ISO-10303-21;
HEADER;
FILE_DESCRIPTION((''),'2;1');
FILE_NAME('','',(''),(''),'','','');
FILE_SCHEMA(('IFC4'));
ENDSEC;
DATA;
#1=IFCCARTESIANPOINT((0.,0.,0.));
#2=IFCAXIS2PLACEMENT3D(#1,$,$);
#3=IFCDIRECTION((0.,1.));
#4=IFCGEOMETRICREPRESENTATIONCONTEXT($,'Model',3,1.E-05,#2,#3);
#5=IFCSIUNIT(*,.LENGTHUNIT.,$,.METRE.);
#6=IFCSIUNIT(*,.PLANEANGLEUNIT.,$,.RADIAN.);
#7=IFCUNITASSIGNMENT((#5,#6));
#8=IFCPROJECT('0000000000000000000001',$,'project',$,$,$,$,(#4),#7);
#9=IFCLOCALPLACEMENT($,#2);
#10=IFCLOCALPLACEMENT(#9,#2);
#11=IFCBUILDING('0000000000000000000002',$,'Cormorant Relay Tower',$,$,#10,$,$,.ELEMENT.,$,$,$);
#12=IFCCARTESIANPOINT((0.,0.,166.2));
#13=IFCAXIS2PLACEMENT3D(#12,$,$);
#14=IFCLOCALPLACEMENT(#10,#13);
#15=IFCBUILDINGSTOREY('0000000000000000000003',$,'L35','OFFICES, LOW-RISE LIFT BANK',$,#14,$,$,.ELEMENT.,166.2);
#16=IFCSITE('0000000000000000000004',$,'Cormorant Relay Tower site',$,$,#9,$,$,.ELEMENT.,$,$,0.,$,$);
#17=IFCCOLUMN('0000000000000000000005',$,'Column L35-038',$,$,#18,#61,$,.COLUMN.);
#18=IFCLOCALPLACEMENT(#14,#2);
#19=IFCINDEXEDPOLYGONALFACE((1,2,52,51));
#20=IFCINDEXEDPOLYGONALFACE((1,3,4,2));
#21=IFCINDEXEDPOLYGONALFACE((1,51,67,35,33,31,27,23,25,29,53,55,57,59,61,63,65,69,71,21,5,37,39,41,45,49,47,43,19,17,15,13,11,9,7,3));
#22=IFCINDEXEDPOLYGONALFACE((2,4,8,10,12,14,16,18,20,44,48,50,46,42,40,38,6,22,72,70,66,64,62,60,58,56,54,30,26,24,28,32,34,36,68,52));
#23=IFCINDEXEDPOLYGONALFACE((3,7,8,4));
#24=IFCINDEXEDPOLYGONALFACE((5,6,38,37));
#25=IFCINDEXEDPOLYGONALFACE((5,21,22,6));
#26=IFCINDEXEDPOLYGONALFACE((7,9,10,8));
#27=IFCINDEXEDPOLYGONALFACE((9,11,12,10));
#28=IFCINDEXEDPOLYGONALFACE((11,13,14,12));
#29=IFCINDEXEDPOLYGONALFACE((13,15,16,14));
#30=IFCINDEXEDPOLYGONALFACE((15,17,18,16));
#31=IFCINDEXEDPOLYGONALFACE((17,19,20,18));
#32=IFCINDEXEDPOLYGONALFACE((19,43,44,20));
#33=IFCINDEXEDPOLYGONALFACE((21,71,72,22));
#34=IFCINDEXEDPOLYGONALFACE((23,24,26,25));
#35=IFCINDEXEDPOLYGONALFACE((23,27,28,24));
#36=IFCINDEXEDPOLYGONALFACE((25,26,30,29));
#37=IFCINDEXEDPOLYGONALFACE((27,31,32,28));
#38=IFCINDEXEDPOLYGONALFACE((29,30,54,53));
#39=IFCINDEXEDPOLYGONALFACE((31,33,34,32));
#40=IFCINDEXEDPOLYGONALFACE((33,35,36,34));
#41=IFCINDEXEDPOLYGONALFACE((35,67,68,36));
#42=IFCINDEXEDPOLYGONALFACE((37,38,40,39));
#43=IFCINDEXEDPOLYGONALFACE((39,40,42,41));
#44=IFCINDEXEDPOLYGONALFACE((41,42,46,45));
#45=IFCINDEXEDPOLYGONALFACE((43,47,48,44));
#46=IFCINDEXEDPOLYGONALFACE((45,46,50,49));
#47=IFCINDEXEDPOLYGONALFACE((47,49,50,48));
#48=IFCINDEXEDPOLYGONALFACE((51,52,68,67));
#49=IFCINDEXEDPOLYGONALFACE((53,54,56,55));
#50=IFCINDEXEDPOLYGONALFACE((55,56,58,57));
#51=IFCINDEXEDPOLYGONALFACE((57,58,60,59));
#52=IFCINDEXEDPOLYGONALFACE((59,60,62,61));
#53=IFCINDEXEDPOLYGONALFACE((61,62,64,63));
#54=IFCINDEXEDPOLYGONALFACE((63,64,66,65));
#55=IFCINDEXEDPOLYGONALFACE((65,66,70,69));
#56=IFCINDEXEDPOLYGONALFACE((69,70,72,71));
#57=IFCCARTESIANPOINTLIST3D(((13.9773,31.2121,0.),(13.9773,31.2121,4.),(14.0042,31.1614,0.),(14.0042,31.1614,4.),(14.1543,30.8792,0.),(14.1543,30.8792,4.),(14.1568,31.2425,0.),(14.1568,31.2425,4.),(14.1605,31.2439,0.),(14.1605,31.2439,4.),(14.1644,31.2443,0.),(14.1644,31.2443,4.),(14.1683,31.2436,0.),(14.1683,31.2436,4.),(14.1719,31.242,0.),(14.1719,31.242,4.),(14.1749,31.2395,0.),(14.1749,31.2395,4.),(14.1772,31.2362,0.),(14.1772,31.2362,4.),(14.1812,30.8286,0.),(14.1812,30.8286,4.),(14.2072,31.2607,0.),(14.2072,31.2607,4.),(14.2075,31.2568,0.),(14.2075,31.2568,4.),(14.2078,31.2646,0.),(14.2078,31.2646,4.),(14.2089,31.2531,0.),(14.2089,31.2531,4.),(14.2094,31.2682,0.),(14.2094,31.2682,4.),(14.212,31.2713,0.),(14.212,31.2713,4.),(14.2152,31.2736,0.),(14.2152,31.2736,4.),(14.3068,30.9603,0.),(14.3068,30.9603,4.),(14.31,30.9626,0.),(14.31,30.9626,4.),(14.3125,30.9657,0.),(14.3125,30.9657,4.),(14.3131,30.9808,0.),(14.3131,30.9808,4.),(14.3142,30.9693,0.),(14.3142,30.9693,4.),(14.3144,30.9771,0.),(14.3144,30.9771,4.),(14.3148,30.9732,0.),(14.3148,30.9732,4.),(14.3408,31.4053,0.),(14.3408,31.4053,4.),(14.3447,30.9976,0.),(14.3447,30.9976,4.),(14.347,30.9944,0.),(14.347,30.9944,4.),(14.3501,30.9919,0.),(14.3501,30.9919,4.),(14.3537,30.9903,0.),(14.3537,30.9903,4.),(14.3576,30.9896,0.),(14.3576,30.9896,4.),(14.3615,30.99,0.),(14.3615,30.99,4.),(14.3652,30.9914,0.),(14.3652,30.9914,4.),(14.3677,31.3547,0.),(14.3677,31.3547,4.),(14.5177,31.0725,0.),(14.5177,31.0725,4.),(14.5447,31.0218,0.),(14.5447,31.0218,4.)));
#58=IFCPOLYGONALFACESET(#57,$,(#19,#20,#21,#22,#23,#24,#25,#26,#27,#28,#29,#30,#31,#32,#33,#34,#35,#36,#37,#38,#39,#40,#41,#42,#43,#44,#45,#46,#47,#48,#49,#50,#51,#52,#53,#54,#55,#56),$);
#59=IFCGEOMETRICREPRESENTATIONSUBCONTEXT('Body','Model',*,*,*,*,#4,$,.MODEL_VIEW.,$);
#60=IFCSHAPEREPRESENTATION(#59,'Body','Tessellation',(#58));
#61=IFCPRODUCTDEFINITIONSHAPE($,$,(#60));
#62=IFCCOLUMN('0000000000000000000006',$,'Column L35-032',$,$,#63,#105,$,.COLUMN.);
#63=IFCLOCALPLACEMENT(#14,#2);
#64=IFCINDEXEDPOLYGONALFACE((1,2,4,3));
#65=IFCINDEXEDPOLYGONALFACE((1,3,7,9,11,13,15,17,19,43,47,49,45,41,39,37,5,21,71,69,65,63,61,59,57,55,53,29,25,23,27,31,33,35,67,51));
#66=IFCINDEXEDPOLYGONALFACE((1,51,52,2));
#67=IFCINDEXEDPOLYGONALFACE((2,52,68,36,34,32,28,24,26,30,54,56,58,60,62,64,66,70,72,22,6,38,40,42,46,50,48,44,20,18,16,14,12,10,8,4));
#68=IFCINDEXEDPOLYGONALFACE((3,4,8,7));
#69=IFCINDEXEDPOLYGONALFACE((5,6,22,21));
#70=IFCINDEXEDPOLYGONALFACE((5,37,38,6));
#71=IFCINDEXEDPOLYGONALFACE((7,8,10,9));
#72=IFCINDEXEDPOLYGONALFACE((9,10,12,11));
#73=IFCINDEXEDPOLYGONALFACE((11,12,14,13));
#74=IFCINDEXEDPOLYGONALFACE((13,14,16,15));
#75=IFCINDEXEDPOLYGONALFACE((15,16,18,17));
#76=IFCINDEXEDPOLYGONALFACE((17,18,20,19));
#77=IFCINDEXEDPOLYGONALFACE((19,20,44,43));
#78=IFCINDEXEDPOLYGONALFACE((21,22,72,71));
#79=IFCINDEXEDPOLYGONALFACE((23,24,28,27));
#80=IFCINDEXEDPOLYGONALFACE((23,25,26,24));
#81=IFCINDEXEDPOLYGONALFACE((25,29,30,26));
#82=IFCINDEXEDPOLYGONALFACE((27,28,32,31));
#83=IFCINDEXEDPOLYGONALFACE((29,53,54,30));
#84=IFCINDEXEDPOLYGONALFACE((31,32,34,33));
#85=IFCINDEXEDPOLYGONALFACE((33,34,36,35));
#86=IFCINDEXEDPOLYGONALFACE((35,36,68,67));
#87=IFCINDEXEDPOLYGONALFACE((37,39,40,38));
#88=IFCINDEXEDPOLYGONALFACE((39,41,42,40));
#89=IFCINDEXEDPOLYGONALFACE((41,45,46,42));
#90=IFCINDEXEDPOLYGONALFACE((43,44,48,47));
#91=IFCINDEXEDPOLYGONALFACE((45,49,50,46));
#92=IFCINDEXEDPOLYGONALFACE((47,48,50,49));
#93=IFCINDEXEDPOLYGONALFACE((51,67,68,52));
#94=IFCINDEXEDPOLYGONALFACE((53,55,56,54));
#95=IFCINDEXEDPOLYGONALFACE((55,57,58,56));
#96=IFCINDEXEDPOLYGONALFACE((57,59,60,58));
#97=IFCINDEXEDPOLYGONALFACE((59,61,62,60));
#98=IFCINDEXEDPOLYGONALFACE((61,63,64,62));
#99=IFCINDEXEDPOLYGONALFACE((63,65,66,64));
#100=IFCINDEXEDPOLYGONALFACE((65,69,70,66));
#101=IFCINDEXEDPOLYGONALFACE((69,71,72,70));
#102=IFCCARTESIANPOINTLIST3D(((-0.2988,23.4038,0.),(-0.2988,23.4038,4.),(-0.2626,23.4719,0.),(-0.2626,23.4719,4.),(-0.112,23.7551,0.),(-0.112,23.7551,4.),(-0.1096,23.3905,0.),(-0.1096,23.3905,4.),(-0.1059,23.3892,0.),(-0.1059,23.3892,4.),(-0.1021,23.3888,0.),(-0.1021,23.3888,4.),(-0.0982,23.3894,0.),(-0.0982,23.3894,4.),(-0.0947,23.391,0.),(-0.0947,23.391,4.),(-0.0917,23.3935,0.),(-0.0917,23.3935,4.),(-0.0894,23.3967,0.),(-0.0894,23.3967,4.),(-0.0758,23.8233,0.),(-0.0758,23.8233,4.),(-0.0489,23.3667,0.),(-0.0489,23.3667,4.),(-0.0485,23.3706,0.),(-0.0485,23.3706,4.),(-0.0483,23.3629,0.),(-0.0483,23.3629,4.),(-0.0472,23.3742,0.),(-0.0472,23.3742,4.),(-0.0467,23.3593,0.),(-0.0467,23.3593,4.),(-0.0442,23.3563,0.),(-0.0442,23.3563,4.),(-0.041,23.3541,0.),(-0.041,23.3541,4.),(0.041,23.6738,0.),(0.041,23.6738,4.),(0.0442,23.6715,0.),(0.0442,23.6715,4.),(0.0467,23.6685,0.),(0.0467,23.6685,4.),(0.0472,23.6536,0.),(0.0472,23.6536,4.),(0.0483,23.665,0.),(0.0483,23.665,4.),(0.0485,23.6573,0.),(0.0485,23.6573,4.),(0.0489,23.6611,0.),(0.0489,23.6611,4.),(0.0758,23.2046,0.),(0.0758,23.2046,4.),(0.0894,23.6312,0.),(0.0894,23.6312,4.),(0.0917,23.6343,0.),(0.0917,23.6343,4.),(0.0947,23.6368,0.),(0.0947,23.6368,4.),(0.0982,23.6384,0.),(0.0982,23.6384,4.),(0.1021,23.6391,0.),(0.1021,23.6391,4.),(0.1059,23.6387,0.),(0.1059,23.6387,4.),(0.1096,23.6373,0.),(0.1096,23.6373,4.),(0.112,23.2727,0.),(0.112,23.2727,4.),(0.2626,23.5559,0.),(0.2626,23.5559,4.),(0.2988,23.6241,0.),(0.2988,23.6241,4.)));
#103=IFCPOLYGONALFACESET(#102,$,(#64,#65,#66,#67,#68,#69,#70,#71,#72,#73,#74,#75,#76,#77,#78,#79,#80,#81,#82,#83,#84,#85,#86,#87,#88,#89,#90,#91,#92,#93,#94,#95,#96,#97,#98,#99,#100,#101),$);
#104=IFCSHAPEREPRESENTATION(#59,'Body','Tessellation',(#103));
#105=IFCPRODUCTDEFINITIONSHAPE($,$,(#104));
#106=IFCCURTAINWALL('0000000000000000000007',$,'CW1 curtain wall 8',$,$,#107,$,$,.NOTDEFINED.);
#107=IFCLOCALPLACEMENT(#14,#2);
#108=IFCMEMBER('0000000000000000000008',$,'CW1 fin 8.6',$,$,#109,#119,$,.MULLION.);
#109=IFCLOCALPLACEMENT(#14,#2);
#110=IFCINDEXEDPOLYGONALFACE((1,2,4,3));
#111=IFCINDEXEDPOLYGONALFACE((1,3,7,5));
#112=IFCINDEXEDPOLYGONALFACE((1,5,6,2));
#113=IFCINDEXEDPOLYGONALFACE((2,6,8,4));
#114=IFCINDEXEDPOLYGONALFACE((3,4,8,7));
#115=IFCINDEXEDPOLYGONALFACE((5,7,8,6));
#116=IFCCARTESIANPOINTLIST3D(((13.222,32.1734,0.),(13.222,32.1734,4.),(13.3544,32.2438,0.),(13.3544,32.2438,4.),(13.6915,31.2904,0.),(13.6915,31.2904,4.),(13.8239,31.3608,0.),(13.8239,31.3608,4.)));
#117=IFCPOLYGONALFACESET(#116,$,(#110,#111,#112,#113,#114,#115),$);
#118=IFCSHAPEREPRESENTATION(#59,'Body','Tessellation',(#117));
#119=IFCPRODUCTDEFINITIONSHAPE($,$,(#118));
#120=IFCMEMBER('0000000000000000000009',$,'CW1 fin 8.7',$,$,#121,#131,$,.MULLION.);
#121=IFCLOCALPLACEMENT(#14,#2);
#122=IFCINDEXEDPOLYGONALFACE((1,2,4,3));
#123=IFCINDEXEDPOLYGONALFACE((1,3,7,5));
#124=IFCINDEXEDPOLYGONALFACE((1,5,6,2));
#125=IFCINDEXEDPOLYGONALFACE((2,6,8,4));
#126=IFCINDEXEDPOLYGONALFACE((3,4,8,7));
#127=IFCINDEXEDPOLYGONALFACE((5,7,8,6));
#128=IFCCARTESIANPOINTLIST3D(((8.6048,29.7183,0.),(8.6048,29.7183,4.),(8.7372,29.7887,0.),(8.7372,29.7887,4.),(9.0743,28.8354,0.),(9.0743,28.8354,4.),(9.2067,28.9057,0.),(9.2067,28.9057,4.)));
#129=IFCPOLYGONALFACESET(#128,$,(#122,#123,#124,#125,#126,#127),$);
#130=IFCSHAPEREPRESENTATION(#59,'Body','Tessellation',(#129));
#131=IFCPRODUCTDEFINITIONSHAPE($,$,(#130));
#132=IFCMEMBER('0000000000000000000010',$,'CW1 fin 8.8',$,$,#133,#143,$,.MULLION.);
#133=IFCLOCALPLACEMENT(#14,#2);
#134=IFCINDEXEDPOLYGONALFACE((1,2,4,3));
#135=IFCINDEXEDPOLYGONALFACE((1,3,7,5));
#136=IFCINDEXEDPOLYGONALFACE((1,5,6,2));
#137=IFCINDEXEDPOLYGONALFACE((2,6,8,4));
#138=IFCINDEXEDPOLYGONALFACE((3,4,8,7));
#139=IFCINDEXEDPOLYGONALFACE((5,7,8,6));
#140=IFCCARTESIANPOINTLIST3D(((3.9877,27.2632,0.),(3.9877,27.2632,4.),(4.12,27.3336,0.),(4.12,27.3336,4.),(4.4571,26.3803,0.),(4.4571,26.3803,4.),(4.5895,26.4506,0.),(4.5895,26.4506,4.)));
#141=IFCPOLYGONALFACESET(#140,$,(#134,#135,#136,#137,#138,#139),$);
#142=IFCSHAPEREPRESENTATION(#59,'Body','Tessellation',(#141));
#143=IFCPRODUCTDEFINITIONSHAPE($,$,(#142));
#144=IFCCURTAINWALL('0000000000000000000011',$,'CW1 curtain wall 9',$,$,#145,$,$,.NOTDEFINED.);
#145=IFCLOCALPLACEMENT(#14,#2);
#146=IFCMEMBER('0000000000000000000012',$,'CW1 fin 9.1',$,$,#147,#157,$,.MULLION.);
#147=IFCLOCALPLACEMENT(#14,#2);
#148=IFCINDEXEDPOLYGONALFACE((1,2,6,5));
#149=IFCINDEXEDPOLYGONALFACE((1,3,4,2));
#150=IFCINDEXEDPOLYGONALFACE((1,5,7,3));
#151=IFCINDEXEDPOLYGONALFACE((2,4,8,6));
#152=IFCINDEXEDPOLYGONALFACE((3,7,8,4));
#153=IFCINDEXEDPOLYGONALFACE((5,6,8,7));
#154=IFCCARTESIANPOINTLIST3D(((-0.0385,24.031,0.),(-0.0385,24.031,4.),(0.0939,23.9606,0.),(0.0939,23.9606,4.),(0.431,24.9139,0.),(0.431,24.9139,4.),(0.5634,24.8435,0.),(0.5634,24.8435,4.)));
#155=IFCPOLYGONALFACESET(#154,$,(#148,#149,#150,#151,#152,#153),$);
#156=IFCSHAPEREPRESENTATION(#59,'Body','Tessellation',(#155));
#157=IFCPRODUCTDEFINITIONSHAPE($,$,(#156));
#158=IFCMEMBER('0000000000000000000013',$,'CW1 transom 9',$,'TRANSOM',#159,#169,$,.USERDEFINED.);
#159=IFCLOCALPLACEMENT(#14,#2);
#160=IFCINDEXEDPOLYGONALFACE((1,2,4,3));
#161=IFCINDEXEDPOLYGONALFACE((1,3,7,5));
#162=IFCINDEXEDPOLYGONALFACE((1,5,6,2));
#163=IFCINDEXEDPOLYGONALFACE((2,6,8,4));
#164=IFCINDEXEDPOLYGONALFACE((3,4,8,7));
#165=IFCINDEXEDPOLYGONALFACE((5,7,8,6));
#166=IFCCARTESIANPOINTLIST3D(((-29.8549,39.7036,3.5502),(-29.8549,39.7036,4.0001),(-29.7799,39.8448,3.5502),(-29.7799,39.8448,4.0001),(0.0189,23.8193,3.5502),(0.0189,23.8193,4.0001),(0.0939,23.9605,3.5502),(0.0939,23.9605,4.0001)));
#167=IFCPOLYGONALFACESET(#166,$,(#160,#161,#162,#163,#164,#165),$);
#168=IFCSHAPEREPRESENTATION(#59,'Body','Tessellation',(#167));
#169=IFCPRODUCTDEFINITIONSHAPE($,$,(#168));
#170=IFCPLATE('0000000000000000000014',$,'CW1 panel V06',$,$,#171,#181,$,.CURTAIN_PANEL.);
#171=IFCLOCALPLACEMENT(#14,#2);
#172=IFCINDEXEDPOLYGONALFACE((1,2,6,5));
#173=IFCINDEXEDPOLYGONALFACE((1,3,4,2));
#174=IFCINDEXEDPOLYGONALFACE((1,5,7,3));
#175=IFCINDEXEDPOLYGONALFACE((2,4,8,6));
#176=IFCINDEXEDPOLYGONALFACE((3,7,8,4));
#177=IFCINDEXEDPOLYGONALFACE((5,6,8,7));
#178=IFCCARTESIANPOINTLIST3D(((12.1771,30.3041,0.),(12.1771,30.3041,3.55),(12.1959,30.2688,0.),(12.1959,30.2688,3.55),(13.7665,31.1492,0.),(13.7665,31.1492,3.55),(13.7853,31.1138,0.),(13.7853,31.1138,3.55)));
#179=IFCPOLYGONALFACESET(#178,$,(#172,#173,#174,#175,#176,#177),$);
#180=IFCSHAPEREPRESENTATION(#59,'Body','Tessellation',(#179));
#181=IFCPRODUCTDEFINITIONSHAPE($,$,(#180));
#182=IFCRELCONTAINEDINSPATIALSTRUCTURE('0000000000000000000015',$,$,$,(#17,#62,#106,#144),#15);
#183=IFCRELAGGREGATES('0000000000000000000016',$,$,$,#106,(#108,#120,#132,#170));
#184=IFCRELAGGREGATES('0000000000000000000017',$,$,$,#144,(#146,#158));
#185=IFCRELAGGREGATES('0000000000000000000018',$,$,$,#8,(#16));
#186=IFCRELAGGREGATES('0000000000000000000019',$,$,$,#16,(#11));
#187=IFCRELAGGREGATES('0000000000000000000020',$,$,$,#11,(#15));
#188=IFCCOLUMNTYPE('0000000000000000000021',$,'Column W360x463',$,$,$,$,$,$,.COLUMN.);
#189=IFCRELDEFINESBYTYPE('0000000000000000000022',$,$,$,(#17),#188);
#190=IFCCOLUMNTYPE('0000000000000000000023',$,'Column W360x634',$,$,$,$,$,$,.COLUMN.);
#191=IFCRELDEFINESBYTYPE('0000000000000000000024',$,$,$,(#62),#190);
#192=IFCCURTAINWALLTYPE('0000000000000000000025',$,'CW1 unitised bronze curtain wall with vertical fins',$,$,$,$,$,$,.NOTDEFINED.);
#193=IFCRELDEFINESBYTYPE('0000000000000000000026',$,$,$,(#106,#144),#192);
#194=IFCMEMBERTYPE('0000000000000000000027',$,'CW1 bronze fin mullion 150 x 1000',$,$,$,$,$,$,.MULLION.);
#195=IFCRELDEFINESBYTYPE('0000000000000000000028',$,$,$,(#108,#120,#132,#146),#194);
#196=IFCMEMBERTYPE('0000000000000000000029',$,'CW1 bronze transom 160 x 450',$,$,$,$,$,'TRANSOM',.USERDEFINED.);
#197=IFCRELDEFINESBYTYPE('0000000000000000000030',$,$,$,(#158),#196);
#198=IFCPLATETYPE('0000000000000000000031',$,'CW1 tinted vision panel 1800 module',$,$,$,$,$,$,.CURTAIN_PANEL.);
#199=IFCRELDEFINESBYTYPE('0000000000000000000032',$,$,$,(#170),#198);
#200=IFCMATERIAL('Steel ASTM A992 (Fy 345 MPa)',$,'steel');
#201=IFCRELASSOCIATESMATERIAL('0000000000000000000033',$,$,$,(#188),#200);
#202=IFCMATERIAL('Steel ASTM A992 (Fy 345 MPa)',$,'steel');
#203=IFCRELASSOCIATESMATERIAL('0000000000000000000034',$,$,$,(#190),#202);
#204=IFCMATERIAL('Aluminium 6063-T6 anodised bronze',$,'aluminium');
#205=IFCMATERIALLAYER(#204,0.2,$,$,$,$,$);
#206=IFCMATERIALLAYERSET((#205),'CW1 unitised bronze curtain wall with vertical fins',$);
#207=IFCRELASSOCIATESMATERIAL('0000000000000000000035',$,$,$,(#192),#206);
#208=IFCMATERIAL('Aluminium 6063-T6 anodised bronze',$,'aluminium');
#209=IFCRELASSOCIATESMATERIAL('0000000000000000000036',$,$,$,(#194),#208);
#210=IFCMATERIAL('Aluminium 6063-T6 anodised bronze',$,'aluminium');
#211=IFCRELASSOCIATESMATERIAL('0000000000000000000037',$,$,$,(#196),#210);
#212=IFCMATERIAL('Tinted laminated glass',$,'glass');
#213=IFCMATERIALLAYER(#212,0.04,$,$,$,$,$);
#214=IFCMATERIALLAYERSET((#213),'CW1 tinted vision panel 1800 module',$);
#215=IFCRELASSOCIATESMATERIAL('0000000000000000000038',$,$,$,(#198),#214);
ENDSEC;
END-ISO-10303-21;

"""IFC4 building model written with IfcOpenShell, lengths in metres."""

from ifc_helpers import new_model, si_unit, direction, frame, origin, origin_2d, place, context, subcontext, project, spatial, rectangle, i_section, extrude, material, layer, layer_set, material_profile, profile_set, type_object, element, aggregate, save


model = new_model("IFC4")

# Units and contexts
model_context = context("Model", 3, precision=1e-05, world=origin(), true_north=direction((0.0, 1.0)))
body_context = subcontext(model_context, "Body", "Model", "MODEL_VIEW")
ifc_project = project(units=[si_unit("LENGTHUNIT", "METRE"), si_unit("PLANEANGLEUNIT", "RADIAN")], contexts=[model_context])

# Site, building, storey
site_placement = place(None, origin())
site = spatial("IfcSite", under=ifc_project, at=site_placement, Name="Cormorant Relay Tower site", CompositionType="ELEMENT", RefElevation=0.0)
building_placement = place(site_placement, origin())
building = spatial("IfcBuilding", under=site, at=building_placement, Name="Cormorant Relay Tower", CompositionType="ELEMENT")
storey_placement = place(building_placement, frame((0.0, 0.0, 166.2)))
storey = spatial("IfcBuildingStorey", under=building, at=storey_placement, Name="L35", Description="OFFICES, LOW-RISE LIFT BANK", CompositionType="ELEMENT", Elevation=166.2)

# Columns
ifc_material_1 = material(Name="Steel ASTM A992 (Fy 345 MPa)", Category="steel")
ifc_material_profile_1 = material_profile(ifc_material_1, i_section(OverallWidth=0.4116, OverallDepth=0.4343, WebThickness=0.0359, FlangeThickness=0.0574, FilletRadius=0.0151, at=origin_2d()), Name="W360x463")
ifc_profile_set_1 = profile_set([ifc_material_profile_1], Name="Steel ASTM A992 (Fy 345 MPa)")
column_type_1 = type_object("IfcColumnType", Name="Column W360x463", PredefinedType="COLUMN", material=ifc_profile_set_1)
for number, where, z_axis, x_axis, name in (
    (1, (14.261, 31.1169, 0.0), (0.0, 0.0, 1.0), (-0.882948, -0.469472, 0.0), "Column L35-038"),
):
    element("IfcColumn", number, at=place(storey_placement, frame(where, z_axis=z_axis, x_axis=x_axis)), inside=storey, type_object=column_type_1, Name=name, PredefinedType="COLUMN", context=body_context, shape_type="SweptSolid", body=[
        extrude(i_section(OverallWidth=0.4116, OverallDepth=0.4343, WebThickness=0.0359, FlangeThickness=0.0574, FilletRadius=0.0151, at=origin_2d()), origin(), (0.0, 0.0, 1.0), 4.0),
    ])
ifc_material_2 = material(Name="Steel ASTM A992 (Fy 345 MPa)", Category="steel")
ifc_material_profile_2 = material_profile(ifc_material_2, i_section(OverallWidth=0.4243, OverallDepth=0.4751, WebThickness=0.0479, FlangeThickness=0.0771, FilletRadius=0.0149, at=origin_2d()), Name="W360x634")
ifc_profile_set_2 = profile_set([ifc_material_profile_2], Name="Steel ASTM A992 (Fy 345 MPa)")
column_type_2 = type_object("IfcColumnType", Name="Column W360x634", PredefinedType="COLUMN", material=ifc_profile_set_2)
column_placement = place(storey_placement, frame((0.0, 23.5139, 0.0), z_axis=(0.0, 0.0, 1.0), x_axis=(-0.882948, 0.469472, 0.0)))
element("IfcColumn", 2, at=column_placement, inside=storey, type_object=column_type_2, Name="Column L35-032", PredefinedType="COLUMN", context=body_context, shape_type="SweptSolid", body=[
    extrude(i_section(OverallWidth=0.4243, OverallDepth=0.4751, WebThickness=0.0479, FlangeThickness=0.0771, FilletRadius=0.0149, at=origin_2d()), origin(), (0.0, 0.0, 1.0), 4.0),
])

# Curtain walls, members
ifc_material_3 = material(Name="Aluminium 6063-T6 anodised bronze", Category="aluminium")
ifc_layer_1 = layer(ifc_material_3, 0.2)
ifc_layer_set_1 = layer_set([ifc_layer_1], Name="CW1 unitised bronze curtain wall with vertical fins")
curtain_wall_type = type_object("IfcCurtainWallType", Name="CW1 unitised bronze curtain wall with vertical fins", PredefinedType="NOTDEFINED", material=ifc_layer_set_1)
curtain_wall_1_placement = place(storey_placement, origin())
curtain_wall_1 = element("IfcCurtainWall", 3, at=curtain_wall_1_placement, inside=storey, type_object=curtain_wall_type, Name="CW1 curtain wall 8", PredefinedType="NOTDEFINED")
ifc_material_4 = material(Name="Aluminium 6063-T6 anodised bronze", Category="aluminium")
ifc_material_profile_3 = material_profile(ifc_material_4, rectangle(XDim=0.1499, YDim=1.0, at=origin_2d()), Name="AL 150x1000")
ifc_profile_set_3 = profile_set([ifc_material_profile_3], Name="Aluminium 6063-T6 anodised bronze")
member_type_1 = type_object("IfcMemberType", Name="CW1 bronze fin mullion 150 x 1000", PredefinedType="MULLION", material=ifc_profile_set_3)
member_1_placement = place(storey_placement, frame((13.5229, 31.7671, 0.0), z_axis=(0.0, 0.0, 1.0), x_axis=(-0.882948, -0.469472, 0.0)))
member_1 = element("IfcMember", 4, at=member_1_placement, type_object=member_type_1, Name="CW1 fin 8.6", PredefinedType="MULLION", context=body_context, shape_type="SweptSolid", body=[
    extrude(rectangle(XDim=0.1499, YDim=1.0, at=origin_2d()), origin(), (0.0, 0.0, 1.0), 4.0),
])
member_2_placement = place(storey_placement, frame((8.9058, 29.312, 0.0), z_axis=(0.0, 0.0, 1.0), x_axis=(-0.882948, -0.469472, 0.0)))
member_2 = element("IfcMember", 5, at=member_2_placement, type_object=member_type_1, Name="CW1 fin 8.7", PredefinedType="MULLION", context=body_context, shape_type="SweptSolid", body=[
    extrude(rectangle(XDim=0.1499, YDim=1.0, at=origin_2d()), origin(), (0.0, 0.0, 1.0), 4.0),
])
member_3_placement = place(storey_placement, frame((4.2886, 26.8569, 0.0), z_axis=(0.0, 0.0, 1.0), x_axis=(-0.882948, -0.469472, 0.0)))
member_3 = element("IfcMember", 6, at=member_3_placement, type_object=member_type_1, Name="CW1 fin 8.8", PredefinedType="MULLION", context=body_context, shape_type="SweptSolid", body=[
    extrude(rectangle(XDim=0.1499, YDim=1.0, at=origin_2d()), origin(), (0.0, 0.0, 1.0), 4.0),
])
curtain_wall_2_placement = place(storey_placement, origin())
curtain_wall_2 = element("IfcCurtainWall", 7, at=curtain_wall_2_placement, inside=storey, type_object=curtain_wall_type, Name="CW1 curtain wall 9", PredefinedType="NOTDEFINED")
member_4_placement = place(storey_placement, frame((0.2625, 24.4373, 0.0), z_axis=(0.0, 0.0, 1.0), x_axis=(-0.882948, 0.469472, 0.0)))
member_4 = element("IfcMember", 8, at=member_4_placement, type_object=member_type_1, Name="CW1 fin 9.1", PredefinedType="MULLION", context=body_context, shape_type="SweptSolid", body=[
    extrude(rectangle(XDim=0.1499, YDim=1.0, at=origin_2d()), origin(), (0.0, 0.0, 1.0), 4.0),
])
ifc_material_5 = material(Name="Aluminium 6063-T6 anodised bronze", Category="aluminium")
ifc_material_profile_4 = material_profile(ifc_material_5, rectangle(XDim=0.1599, YDim=0.45, at=origin_2d()), Name="AL 160x450")
ifc_profile_set_4 = profile_set([ifc_material_profile_4], Name="Aluminium 6063-T6 anodised bronze")
member_type_2 = type_object("IfcMemberType", Name="CW1 bronze transom 160 x 450", ElementType="TRANSOM", PredefinedType="USERDEFINED", material=ifc_profile_set_4)
member_5_placement = place(storey_placement, frame((0.0564, 23.8899, 3.7751), z_axis=(-0.882946, 0.469474, 0.0), x_axis=(-0.469474, -0.882946, 0.0)))
member_5 = element("IfcMember", 9, at=member_5_placement, type_object=member_type_2, Name="CW1 transom 9", ObjectType="TRANSOM", PredefinedType="USERDEFINED", context=body_context, shape_type="SweptSolid", body=[
    extrude(rectangle(XDim=0.1599, YDim=0.45, at=origin_2d()), origin(), (0.0, 0.0, 1.0), 33.8342),
])

# Plate
ifc_material_6 = material(Name="Tinted laminated glass", Category="glass")
ifc_layer_2 = layer(ifc_material_6, 0.04)
ifc_layer_set_2 = layer_set([ifc_layer_2], Name="CW1 tinted vision panel 1800 module")
plate_type = type_object("IfcPlateType", Name="CW1 tinted vision panel 1800 module", PredefinedType="CURTAIN_PANEL", material=ifc_layer_set_2)
plate_1_placement = place(storey_placement, frame((12.9812, 30.709, 0.0), z_axis=(0.0, 0.0, 1.0), x_axis=(-0.882948, -0.469472, 0.0)))
plate_1 = element("IfcPlate", 10, at=plate_1_placement, type_object=plate_type, Name="CW1 panel V06", PredefinedType="CURTAIN_PANEL", context=body_context, shape_type="SweptSolid", body=[
    extrude(rectangle(XDim=1.8, YDim=0.04, at=origin_2d()), origin(), (0.0, 0.0, 1.0), 3.55),
])

aggregate(curtain_wall_1, [member_1, member_2, member_3, plate_1])
aggregate(curtain_wall_2, [member_4, member_5])

save(model, "model.ifc")
